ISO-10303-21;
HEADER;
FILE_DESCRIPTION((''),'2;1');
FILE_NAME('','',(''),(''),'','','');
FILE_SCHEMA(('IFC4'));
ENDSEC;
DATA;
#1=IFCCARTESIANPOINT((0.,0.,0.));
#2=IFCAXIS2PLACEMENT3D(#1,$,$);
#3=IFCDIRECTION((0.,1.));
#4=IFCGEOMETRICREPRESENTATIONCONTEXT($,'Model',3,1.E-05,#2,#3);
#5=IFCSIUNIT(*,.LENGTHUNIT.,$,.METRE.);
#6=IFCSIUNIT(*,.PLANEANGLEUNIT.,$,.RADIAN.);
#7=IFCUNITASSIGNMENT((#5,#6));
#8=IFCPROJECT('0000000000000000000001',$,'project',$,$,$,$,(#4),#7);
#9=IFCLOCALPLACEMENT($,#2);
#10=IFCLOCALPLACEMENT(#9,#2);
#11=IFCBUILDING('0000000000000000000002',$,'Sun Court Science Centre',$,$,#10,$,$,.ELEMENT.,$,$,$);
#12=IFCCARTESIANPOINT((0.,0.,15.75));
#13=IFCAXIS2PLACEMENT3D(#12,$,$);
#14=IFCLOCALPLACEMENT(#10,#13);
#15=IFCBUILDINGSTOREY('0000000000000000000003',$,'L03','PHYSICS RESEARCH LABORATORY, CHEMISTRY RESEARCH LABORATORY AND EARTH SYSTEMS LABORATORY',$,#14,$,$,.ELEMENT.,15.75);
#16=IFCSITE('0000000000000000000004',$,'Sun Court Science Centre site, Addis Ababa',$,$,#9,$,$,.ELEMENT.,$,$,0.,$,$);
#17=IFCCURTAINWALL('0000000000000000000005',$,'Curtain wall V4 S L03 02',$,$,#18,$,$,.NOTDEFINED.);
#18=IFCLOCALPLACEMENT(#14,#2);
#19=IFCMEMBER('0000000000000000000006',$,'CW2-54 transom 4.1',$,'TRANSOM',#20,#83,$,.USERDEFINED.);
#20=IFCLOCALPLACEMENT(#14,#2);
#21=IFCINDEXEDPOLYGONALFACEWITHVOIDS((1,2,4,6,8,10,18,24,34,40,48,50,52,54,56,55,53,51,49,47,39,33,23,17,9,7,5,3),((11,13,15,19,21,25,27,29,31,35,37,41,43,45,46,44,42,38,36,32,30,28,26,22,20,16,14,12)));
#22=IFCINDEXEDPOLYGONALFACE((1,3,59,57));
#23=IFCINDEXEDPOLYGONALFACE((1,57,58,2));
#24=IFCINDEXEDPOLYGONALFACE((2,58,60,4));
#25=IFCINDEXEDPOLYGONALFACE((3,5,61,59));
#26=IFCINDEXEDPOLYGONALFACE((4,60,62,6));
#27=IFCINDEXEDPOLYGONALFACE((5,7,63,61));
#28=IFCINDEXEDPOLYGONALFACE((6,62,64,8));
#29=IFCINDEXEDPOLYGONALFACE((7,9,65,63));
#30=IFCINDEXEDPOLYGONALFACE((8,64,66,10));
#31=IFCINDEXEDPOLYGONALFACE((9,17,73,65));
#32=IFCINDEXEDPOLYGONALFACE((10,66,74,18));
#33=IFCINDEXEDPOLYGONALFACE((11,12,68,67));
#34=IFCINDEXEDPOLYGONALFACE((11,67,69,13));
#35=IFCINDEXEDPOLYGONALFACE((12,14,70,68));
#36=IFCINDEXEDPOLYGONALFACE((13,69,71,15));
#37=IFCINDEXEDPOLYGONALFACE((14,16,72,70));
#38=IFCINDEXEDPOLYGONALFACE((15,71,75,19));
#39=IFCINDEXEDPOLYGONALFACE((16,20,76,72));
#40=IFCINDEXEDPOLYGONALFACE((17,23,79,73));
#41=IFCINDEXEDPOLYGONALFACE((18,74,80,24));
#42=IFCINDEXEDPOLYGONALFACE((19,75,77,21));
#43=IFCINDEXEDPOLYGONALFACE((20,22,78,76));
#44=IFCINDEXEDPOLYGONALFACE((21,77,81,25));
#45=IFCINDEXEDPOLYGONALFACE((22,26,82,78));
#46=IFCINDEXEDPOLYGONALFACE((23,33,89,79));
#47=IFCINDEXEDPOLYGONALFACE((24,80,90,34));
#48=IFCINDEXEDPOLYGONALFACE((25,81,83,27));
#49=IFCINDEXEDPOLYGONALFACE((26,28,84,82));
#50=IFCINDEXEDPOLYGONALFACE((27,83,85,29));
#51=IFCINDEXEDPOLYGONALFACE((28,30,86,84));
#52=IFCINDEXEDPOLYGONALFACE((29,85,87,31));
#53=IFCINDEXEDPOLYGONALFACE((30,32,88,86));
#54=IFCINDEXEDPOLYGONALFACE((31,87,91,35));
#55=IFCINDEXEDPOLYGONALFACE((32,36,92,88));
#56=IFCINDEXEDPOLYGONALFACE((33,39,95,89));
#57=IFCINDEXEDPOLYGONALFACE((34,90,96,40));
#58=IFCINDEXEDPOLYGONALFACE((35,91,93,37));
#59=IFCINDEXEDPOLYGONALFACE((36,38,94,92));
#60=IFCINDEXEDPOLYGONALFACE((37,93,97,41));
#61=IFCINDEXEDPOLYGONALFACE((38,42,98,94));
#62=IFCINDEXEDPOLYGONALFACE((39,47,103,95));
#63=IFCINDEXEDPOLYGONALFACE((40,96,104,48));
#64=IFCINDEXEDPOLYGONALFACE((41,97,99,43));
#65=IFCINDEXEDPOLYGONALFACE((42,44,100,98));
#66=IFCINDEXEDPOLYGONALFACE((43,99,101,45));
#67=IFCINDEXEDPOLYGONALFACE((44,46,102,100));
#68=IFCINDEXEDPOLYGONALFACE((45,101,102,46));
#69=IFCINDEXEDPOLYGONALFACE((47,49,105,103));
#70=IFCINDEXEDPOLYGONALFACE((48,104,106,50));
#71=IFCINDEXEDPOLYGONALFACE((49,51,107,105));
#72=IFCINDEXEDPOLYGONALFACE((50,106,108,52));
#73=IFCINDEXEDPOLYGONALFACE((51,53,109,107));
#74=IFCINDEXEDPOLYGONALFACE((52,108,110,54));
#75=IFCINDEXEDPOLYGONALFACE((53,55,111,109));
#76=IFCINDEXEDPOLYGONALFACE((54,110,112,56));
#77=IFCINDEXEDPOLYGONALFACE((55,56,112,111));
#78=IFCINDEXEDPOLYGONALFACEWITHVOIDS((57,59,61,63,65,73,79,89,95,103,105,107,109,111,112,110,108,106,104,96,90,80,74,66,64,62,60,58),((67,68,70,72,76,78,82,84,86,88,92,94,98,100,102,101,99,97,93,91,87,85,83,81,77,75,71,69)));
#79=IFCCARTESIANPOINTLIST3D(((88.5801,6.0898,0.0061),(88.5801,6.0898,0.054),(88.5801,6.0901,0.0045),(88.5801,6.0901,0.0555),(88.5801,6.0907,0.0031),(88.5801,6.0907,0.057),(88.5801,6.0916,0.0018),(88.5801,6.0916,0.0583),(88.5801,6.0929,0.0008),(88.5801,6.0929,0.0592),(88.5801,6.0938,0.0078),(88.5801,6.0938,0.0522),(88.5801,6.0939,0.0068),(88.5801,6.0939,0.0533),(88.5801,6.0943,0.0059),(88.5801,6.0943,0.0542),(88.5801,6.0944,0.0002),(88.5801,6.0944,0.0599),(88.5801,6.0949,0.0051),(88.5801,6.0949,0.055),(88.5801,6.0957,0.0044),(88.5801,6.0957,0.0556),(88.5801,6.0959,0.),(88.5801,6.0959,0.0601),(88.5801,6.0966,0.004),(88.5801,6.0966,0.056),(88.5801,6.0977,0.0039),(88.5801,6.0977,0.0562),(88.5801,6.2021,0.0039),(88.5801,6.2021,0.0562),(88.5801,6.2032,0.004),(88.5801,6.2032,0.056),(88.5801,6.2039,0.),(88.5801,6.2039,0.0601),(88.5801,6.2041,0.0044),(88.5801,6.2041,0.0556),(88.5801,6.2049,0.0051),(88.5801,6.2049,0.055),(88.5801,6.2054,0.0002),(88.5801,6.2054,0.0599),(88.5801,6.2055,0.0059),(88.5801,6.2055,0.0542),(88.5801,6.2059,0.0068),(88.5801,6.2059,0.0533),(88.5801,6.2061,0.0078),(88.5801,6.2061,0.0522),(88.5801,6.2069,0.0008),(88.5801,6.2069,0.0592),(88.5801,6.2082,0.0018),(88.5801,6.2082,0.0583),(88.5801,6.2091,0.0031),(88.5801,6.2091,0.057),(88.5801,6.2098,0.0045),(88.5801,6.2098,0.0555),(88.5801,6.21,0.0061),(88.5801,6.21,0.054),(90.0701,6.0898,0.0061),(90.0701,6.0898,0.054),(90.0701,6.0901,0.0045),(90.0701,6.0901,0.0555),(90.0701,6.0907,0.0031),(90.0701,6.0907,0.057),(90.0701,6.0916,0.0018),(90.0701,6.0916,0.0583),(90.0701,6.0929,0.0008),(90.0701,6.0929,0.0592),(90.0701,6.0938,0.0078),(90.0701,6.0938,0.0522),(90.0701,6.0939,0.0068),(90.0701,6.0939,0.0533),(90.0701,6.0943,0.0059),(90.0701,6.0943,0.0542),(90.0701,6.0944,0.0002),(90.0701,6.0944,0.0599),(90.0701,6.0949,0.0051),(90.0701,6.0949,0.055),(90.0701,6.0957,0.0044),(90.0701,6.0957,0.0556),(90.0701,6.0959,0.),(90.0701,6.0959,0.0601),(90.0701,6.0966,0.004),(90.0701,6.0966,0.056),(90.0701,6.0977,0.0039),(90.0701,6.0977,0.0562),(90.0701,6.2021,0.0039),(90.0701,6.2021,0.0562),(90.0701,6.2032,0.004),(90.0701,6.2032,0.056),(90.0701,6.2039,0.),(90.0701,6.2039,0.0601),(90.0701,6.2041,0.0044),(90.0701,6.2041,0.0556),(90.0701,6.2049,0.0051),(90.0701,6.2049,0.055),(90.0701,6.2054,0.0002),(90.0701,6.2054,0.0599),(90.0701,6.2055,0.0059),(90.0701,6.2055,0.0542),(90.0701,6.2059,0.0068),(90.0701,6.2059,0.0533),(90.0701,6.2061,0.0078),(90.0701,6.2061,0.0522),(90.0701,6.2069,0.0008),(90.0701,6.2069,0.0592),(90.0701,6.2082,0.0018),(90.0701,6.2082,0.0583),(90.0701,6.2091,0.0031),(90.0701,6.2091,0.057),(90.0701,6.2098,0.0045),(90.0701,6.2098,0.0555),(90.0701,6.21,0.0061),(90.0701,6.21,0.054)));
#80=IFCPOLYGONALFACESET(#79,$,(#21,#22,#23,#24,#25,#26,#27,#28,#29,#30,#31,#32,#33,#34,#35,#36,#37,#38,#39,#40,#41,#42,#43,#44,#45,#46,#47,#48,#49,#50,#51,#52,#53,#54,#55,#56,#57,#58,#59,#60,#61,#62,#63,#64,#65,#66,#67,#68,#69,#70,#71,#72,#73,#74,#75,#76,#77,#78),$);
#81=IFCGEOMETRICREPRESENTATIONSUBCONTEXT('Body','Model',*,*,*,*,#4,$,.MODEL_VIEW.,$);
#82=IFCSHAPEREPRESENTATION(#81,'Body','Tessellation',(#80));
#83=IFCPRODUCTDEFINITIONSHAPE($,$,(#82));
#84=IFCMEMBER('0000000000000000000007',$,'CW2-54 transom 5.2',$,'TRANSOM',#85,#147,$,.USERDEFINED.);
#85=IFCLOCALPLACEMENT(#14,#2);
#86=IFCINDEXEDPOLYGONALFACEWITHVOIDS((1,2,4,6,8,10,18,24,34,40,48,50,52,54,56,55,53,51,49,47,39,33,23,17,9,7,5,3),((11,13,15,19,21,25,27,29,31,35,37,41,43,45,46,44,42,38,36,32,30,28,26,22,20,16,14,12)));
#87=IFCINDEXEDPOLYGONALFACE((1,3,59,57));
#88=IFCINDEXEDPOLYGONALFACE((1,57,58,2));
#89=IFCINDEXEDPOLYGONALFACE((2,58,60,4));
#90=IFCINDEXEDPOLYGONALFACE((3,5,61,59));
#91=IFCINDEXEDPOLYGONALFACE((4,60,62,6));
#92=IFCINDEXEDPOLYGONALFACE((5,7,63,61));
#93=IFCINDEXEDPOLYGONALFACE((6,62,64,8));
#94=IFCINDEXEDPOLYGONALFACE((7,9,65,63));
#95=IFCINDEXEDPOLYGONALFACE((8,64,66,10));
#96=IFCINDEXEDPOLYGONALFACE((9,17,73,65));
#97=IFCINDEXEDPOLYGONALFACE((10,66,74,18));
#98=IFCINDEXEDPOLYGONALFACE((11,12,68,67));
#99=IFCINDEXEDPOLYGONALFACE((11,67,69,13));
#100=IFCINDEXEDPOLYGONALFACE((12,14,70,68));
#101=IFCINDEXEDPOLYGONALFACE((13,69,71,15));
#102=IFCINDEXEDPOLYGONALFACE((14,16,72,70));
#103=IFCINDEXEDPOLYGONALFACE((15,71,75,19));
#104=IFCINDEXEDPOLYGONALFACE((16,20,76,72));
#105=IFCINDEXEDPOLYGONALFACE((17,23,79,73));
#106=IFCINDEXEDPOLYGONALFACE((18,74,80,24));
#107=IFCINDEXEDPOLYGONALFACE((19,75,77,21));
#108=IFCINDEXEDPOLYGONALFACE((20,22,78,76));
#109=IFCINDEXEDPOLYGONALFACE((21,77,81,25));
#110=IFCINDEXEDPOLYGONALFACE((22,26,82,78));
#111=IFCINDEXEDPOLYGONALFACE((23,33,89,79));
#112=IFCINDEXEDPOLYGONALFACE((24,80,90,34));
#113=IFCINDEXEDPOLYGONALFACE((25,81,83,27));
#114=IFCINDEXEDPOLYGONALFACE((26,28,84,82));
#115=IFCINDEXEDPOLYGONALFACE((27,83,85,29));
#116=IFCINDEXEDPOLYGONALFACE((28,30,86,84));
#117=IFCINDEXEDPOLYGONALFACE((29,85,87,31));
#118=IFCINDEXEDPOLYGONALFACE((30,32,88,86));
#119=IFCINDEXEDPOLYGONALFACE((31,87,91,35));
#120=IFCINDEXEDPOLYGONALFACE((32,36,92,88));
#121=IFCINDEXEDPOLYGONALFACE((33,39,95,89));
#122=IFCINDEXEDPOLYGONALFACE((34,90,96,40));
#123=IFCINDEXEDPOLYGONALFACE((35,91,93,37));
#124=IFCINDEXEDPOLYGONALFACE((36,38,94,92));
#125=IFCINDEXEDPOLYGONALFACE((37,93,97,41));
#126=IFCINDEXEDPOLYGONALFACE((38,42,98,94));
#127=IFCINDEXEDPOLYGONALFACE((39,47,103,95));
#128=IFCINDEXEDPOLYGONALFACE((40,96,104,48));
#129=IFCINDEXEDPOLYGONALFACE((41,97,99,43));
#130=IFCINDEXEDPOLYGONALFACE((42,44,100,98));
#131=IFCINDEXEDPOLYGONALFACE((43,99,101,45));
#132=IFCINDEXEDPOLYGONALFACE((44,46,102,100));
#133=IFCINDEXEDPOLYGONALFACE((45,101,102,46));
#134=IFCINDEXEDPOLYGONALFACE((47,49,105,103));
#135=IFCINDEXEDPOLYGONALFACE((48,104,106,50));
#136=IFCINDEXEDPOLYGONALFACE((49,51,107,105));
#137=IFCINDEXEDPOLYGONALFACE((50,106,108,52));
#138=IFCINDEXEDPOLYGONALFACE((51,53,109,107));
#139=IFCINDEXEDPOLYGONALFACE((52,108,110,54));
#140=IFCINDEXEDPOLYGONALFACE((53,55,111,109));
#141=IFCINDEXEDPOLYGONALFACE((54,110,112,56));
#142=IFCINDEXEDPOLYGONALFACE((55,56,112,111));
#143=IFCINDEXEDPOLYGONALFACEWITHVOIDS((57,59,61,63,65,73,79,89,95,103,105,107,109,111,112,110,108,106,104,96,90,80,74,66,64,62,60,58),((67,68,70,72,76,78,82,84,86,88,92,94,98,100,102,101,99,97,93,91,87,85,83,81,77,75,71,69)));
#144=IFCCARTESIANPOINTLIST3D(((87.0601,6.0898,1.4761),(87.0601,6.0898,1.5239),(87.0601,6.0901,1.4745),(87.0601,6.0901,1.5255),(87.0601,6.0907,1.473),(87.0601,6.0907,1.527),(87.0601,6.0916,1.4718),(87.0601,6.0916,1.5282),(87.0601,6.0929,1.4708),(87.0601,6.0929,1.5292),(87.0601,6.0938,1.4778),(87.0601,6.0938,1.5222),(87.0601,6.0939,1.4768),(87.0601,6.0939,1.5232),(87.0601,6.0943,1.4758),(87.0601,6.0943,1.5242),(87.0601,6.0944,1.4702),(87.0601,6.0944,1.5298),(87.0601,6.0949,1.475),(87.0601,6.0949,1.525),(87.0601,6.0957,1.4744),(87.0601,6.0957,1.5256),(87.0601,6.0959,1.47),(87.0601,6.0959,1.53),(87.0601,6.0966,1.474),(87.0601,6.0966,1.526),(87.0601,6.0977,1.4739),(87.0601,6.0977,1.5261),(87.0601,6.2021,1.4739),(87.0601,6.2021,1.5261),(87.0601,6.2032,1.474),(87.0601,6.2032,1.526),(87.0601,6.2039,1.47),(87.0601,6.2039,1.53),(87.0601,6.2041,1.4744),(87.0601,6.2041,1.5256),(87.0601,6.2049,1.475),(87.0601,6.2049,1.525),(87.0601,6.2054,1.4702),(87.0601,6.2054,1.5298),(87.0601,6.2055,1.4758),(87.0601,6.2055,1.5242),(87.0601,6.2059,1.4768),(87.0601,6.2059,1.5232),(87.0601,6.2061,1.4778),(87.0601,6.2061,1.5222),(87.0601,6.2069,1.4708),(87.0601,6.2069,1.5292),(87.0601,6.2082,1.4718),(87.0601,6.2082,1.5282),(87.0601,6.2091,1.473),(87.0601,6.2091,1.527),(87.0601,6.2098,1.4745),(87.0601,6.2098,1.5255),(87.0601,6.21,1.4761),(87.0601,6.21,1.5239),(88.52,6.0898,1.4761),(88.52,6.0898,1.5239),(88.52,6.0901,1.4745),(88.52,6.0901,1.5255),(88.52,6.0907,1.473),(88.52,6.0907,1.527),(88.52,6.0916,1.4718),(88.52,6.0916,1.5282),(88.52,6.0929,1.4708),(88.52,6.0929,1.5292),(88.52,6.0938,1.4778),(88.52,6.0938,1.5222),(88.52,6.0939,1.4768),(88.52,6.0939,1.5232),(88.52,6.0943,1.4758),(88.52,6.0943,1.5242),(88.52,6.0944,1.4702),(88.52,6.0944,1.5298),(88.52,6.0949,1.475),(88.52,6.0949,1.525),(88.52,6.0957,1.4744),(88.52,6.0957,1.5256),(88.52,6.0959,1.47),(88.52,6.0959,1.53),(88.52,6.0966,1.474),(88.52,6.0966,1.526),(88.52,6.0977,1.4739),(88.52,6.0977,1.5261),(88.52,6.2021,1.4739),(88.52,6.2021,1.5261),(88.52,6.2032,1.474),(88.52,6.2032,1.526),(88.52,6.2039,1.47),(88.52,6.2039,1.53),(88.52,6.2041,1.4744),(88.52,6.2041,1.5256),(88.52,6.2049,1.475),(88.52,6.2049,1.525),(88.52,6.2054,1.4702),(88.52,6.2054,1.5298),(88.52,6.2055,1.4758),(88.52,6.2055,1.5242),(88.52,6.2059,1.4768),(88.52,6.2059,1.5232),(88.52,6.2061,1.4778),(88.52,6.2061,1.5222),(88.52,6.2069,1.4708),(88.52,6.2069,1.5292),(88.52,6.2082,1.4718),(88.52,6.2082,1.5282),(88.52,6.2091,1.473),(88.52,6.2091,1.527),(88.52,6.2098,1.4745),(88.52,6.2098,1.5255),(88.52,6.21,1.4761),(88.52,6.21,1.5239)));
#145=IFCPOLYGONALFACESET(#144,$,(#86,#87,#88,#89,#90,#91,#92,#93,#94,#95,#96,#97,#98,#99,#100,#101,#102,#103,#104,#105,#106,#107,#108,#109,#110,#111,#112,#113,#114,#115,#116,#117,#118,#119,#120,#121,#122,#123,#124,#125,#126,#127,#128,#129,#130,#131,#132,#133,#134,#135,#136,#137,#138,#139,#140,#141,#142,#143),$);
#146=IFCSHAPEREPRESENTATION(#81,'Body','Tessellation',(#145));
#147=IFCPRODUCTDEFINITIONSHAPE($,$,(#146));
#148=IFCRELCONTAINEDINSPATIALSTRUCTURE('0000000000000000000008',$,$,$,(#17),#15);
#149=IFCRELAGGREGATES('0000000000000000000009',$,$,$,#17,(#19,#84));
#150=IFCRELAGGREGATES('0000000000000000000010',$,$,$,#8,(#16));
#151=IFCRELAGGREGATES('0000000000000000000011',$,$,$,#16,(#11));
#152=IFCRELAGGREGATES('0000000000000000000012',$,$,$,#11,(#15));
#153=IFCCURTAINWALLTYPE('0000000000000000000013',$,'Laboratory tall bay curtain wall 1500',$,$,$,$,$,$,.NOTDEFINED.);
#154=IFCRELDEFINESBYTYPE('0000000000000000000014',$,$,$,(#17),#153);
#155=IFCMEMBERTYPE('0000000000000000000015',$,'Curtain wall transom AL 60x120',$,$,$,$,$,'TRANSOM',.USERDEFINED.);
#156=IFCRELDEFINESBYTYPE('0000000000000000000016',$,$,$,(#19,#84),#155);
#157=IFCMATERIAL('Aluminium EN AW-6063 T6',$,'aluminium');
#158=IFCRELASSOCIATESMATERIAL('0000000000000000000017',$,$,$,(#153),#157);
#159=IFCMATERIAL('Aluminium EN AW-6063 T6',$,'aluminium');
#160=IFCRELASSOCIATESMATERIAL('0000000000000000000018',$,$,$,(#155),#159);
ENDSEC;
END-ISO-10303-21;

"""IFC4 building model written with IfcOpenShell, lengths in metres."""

from ifc_helpers import new_model, si_unit, direction, frame, origin, origin_2d, place, context, subcontext, project, spatial, hollow_rectangle, extrude, material, material_profile, profile_set, type_object, element, aggregate, save


model = new_model("IFC4")

# Units and contexts
model_context = context("Model", 3, precision=1e-05, world=origin(), true_north=direction((0.0, 1.0)))
body_context = subcontext(model_context, "Body", "Model", "MODEL_VIEW")
ifc_project = project(units=[si_unit("LENGTHUNIT", "METRE"), si_unit("PLANEANGLEUNIT", "RADIAN")], contexts=[model_context])

# Site, building, storey
site_placement = place(None, origin())
site = spatial("IfcSite", under=ifc_project, at=site_placement, Name="Sun Court Science Centre site, Addis Ababa", CompositionType="ELEMENT", RefElevation=0.0)
building_placement = place(site_placement, origin())
building = spatial("IfcBuilding", under=site, at=building_placement, Name="Sun Court Science Centre", CompositionType="ELEMENT")
storey_placement = place(building_placement, frame((0.0, 0.0, 15.75)))
storey = spatial("IfcBuildingStorey", under=building, at=storey_placement, Name="L03", Description="PHYSICS RESEARCH LABORATORY, CHEMISTRY RESEARCH LABORATORY AND EARTH SYSTEMS LABORATORY", CompositionType="ELEMENT", Elevation=15.75)

# Curtain wall, members
ifc_material_1 = material(Name="Aluminium EN AW-6063 T6", Category="aluminium")
curtain_wall_type = type_object("IfcCurtainWallType", Name="Laboratory tall bay curtain wall 1500", PredefinedType="NOTDEFINED", material=ifc_material_1)
curtain_wall_placement = place(storey_placement, origin())
curtain_wall = element("IfcCurtainWall", 1, at=curtain_wall_placement, inside=storey, type_object=curtain_wall_type, Name="Curtain wall V4 S L03 02", PredefinedType="NOTDEFINED")
ifc_material_2 = material(Name="Aluminium EN AW-6063 T6", Category="aluminium")
ifc_material_profile_1 = material_profile(ifc_material_2, hollow_rectangle(XDim=0.0601, YDim=0.1201, WallThickness=0.0039, InnerFilletRadius=0.0039, OuterFilletRadius=0.0061, at=origin_2d()), Name="AL 60x120x4")
ifc_profile_set_1 = profile_set([ifc_material_profile_1], Name="Aluminium EN AW-6063 T6")
member_type_1 = type_object("IfcMemberType", Name="Curtain wall transom AL 60x120", ElementType="TRANSOM", PredefinedType="USERDEFINED", material=ifc_profile_set_1)
member_1_placement = place(storey_placement, frame((90.0701, 6.1499, 0.03), z_axis=(-1.0, 0.0, 0.0), x_axis=(0.0, 0.0, 1.0)))
member_1 = element("IfcMember", 2, at=member_1_placement, type_object=member_type_1, Name="CW2-54 transom 4.1", ObjectType="TRANSOM", PredefinedType="USERDEFINED", context=body_context, shape_type="SweptSolid", body=[
    extrude(hollow_rectangle(XDim=0.0601, YDim=0.1201, WallThickness=0.0039, InnerFilletRadius=0.0039, OuterFilletRadius=0.0061, at=origin_2d()), origin(), (0.0, 0.0, 1.0), 1.49),
])
member_2_placement = place(storey_placement, frame((88.52, 6.1499, 1.5), z_axis=(-1.0, 0.0, 0.0), x_axis=(0.0, 0.0, 1.0)))
member_2 = element("IfcMember", 3, at=member_2_placement, type_object=member_type_1, Name="CW2-54 transom 5.2", ObjectType="TRANSOM", PredefinedType="USERDEFINED", context=body_context, shape_type="SweptSolid", body=[
    extrude(hollow_rectangle(XDim=0.0601, YDim=0.1201, WallThickness=0.0039, InnerFilletRadius=0.0039, OuterFilletRadius=0.0061, at=origin_2d()), origin(), (0.0, 0.0, 1.0), 1.46),
])

aggregate(curtain_wall, [member_1, member_2])

save(model, "model.ifc")
